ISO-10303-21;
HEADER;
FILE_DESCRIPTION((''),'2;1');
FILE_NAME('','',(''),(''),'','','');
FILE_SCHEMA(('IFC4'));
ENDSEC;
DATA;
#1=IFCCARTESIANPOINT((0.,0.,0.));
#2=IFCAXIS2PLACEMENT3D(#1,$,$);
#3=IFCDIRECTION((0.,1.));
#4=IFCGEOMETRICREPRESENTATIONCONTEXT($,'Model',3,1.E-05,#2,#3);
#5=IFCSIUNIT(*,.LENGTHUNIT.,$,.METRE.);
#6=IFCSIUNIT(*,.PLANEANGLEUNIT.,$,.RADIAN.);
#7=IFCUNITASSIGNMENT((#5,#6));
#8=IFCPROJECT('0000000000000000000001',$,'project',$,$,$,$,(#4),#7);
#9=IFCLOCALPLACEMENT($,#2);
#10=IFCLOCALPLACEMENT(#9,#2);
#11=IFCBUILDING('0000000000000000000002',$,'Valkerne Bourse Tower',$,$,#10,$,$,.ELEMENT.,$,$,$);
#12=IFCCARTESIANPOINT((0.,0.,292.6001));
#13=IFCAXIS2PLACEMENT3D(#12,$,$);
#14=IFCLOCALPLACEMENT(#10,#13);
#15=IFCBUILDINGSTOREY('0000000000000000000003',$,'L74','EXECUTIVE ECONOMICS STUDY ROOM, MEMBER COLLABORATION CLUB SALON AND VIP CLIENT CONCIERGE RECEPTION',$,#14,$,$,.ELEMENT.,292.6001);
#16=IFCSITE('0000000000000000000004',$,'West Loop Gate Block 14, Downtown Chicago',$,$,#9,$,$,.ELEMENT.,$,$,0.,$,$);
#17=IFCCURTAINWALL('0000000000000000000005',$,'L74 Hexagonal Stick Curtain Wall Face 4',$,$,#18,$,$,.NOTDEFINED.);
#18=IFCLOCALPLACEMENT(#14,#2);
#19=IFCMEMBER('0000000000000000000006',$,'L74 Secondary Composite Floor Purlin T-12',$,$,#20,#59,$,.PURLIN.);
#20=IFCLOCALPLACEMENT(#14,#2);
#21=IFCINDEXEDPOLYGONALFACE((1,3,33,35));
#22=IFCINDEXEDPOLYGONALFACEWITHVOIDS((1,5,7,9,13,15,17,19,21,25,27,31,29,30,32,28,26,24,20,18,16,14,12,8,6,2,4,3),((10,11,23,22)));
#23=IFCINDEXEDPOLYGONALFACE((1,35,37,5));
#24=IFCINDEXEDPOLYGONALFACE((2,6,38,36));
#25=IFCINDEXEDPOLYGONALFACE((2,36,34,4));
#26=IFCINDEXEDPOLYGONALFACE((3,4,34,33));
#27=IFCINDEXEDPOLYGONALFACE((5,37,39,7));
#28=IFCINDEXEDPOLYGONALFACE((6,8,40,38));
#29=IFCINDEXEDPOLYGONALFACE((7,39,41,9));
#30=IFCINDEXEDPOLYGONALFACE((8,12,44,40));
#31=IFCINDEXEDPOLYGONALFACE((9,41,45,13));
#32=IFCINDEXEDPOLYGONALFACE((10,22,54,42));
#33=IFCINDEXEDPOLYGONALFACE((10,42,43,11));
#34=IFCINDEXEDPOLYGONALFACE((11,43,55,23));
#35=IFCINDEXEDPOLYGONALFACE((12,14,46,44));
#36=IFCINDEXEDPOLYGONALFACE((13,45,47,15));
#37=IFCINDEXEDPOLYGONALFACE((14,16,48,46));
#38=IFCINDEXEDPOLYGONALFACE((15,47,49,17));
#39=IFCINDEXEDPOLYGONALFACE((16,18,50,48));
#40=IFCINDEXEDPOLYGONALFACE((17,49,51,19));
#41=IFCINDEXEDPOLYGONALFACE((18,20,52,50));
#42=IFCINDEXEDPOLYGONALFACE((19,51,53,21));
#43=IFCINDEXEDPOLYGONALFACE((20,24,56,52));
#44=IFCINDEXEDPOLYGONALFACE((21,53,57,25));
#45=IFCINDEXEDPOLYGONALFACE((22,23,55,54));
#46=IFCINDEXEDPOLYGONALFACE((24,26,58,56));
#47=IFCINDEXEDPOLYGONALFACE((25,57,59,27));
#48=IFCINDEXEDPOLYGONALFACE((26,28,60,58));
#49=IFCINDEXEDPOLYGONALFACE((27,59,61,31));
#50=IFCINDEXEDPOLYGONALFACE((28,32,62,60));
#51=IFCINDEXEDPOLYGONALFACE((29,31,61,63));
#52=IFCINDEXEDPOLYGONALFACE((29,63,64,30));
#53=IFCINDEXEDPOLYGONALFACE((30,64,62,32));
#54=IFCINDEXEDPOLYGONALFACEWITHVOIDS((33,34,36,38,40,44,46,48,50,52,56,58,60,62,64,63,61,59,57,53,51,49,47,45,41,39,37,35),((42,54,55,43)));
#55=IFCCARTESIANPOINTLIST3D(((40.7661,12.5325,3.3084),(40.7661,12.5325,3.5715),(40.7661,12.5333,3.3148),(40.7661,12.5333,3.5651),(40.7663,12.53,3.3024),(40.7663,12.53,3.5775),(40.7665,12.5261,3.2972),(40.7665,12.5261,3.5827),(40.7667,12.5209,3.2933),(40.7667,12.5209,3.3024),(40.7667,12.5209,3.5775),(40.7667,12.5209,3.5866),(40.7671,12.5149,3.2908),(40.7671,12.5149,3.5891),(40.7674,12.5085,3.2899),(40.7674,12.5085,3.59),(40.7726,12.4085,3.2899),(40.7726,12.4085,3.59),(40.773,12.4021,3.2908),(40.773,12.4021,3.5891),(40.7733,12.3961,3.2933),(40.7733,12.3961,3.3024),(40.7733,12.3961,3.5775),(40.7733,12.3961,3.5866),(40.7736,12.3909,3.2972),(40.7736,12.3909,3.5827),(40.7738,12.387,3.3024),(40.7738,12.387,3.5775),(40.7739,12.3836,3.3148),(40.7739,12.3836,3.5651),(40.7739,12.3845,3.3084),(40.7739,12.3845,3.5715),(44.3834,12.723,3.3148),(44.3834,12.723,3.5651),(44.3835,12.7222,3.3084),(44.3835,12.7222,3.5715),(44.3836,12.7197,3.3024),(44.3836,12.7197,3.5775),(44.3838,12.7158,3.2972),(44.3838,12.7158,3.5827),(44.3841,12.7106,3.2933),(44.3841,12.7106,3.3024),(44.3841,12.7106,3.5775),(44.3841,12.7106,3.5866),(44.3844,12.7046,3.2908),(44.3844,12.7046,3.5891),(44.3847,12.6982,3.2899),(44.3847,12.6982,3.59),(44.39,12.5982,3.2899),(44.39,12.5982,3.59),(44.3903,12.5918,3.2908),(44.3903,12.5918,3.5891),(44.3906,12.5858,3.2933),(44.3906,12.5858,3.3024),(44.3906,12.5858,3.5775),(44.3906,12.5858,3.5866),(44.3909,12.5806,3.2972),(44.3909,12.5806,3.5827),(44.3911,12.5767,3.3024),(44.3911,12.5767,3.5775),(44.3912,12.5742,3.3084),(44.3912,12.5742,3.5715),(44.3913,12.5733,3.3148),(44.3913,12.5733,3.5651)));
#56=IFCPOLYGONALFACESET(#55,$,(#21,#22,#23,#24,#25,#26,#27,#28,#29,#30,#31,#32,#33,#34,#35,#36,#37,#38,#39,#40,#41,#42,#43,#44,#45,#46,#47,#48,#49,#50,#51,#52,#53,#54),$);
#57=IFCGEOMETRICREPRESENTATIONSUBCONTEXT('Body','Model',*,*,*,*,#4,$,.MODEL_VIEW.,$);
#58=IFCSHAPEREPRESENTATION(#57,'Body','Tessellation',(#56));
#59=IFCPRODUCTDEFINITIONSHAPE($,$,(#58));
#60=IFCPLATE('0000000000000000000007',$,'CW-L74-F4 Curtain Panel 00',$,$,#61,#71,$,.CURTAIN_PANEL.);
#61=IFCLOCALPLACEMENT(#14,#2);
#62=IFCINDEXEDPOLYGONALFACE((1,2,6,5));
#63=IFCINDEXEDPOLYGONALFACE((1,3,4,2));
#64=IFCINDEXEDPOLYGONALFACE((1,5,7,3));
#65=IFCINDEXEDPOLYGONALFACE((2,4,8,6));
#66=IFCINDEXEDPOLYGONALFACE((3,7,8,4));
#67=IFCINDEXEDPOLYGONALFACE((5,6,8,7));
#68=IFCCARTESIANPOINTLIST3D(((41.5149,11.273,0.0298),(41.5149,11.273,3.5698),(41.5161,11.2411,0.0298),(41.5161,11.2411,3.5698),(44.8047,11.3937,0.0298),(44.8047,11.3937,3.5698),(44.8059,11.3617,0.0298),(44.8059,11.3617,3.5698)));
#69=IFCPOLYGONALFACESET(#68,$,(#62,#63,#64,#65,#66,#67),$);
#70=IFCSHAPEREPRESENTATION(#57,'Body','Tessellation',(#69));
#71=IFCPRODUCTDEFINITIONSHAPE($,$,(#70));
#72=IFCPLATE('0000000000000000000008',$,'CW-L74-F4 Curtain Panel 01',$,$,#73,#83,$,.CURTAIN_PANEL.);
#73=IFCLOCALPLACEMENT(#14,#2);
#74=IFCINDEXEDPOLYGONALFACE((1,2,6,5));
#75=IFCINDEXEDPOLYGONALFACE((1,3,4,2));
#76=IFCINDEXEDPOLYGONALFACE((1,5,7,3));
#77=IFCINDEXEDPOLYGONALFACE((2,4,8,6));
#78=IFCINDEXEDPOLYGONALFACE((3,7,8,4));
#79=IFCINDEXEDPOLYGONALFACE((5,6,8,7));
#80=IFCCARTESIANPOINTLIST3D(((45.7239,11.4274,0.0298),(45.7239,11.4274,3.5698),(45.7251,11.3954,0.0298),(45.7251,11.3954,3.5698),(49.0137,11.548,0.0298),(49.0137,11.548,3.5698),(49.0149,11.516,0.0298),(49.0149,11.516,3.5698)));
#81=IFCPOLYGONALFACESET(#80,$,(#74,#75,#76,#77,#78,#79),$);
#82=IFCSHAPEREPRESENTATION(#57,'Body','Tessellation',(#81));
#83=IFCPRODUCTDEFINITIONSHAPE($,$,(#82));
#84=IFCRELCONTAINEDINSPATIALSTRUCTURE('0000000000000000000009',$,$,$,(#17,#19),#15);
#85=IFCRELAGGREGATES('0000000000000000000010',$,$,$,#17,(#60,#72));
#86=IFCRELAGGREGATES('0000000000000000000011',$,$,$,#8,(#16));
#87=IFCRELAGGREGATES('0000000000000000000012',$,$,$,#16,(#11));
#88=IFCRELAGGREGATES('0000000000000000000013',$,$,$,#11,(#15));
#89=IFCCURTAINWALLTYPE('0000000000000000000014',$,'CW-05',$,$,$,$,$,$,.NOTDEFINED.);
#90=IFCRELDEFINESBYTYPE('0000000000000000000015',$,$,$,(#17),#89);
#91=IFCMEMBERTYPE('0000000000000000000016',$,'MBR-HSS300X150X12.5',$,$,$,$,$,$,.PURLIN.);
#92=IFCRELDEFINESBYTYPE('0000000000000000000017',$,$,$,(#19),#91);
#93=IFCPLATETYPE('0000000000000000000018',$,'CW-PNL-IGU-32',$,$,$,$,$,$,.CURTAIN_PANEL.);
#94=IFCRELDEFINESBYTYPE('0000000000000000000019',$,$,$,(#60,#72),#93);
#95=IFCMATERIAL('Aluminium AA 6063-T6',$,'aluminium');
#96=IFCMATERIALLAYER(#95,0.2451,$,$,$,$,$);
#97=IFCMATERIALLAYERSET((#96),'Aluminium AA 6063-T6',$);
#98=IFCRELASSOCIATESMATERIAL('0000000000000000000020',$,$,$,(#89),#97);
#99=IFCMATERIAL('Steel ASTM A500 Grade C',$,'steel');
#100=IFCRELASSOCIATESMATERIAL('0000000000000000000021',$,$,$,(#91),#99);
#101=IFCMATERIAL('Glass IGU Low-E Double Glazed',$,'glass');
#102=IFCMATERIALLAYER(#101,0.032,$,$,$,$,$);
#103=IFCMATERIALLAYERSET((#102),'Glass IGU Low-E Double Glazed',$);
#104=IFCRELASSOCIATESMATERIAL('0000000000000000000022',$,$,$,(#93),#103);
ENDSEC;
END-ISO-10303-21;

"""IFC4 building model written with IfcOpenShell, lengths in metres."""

from ifc_helpers import new_model, si_unit, direction, frame, origin, origin_2d, place, context, subcontext, project, spatial, rectangle, hollow_rectangle, extrude, material, layer, layer_set, material_profile, profile_set, type_object, element, aggregate, save


model = new_model("IFC4")

# Units and contexts
model_context = context("Model", 3, precision=1e-05, world=origin(), true_north=direction((0.0, 1.0)))
body_context = subcontext(model_context, "Body", "Model", "MODEL_VIEW")
ifc_project = project(units=[si_unit("LENGTHUNIT", "METRE"), si_unit("PLANEANGLEUNIT", "RADIAN")], contexts=[model_context])

# Site, building, storey
site_placement = place(None, origin())
site = spatial("IfcSite", under=ifc_project, at=site_placement, Name="West Loop Gate Block 14, Downtown Chicago", CompositionType="ELEMENT", RefElevation=0.0)
building_placement = place(site_placement, origin())
building = spatial("IfcBuilding", under=site, at=building_placement, Name="Valkerne Bourse Tower", CompositionType="ELEMENT")
storey_placement = place(building_placement, frame((0.0, 0.0, 292.6001)))
storey = spatial("IfcBuildingStorey", under=building, at=storey_placement, Name="L74", Description="EXECUTIVE ECONOMICS STUDY ROOM, MEMBER COLLABORATION CLUB SALON AND VIP CLIENT CONCIERGE RECEPTION", CompositionType="ELEMENT", Elevation=292.6001)

# Curtain wall
ifc_material_1 = material(Name="Aluminium AA 6063-T6", Category="aluminium")
ifc_layer_1 = layer(ifc_material_1, 0.2451)
ifc_layer_set_1 = layer_set([ifc_layer_1], Name="Aluminium AA 6063-T6")
curtain_wall_type = type_object("IfcCurtainWallType", Name="CW-05", PredefinedType="NOTDEFINED", material=ifc_layer_set_1)
curtain_wall_placement = place(storey_placement, origin())
curtain_wall = element("IfcCurtainWall", 1, at=curtain_wall_placement, inside=storey, type_object=curtain_wall_type, Name="L74 Hexagonal Stick Curtain Wall Face 4", PredefinedType="NOTDEFINED")

# Member
ifc_material_2 = material(Name="Steel ASTM A500 Grade C", Category="steel")
ifc_material_profile_1 = material_profile(ifc_material_2, hollow_rectangle(XDim=0.1499, YDim=0.3, WallThickness=0.0125, OuterFilletRadius=0.0249, at=origin_2d()), Name="HSS300X150X12.5")
ifc_profile_set_1 = profile_set([ifc_material_profile_1], Name="Steel ASTM A500 Grade C")
member_type_1 = type_object("IfcMemberType", Name="MBR-HSS300X150X12.5", PredefinedType="PURLIN", material=ifc_profile_set_1)
member_1_placement = place(storey_placement, frame((40.77, 12.4585, 3.4399), z_axis=(0.998628, 0.052368, 0.0), x_axis=(-0.052368, 0.998628, 0.0)))
element("IfcMember", 2, at=member_1_placement, inside=storey, type_object=member_type_1, Name="L74 Secondary Composite Floor Purlin T-12", PredefinedType="PURLIN", context=body_context, shape_type="SweptSolid", body=[
    extrude(hollow_rectangle(XDim=0.1499, YDim=0.3, WallThickness=0.0125, OuterFilletRadius=0.0249, at=origin_2d()), origin(), (0.0, 0.0, 1.0), 3.6223),
])

# Plates
ifc_material_3 = material(Name="Glass IGU Low-E Double Glazed", Category="glass")
ifc_layer_2 = layer(ifc_material_3, 0.032)
ifc_layer_set_2 = layer_set([ifc_layer_2], Name="Glass IGU Low-E Double Glazed")
plate_type = type_object("IfcPlateType", Name="CW-PNL-IGU-32", PredefinedType="CURTAIN_PANEL", material=ifc_layer_set_2)
plate_1_placement = place(storey_placement, frame((43.1604, 11.3174, 0.0298), z_axis=(0.0, 0.0, 1.0), x_axis=(0.999328, 0.036657, 0.0)))
plate_1 = element("IfcPlate", 3, at=plate_1_placement, type_object=plate_type, Name="CW-L74-F4 Curtain Panel 00", PredefinedType="CURTAIN_PANEL", context=body_context, shape_type="SweptSolid", body=[
    extrude(rectangle(XDim=3.292, YDim=0.032, at=origin_2d()), origin(), (0.0, 0.0, 1.0), 3.54),
])
plate_2_placement = place(storey_placement, frame((47.3694, 11.4717, 0.0298), z_axis=(0.0, 0.0, 1.0), x_axis=(0.999329, 0.036634, 0.0)))
plate_2 = element("IfcPlate", 4, at=plate_2_placement, type_object=plate_type, Name="CW-L74-F4 Curtain Panel 01", PredefinedType="CURTAIN_PANEL", context=body_context, shape_type="SweptSolid", body=[
    extrude(rectangle(XDim=3.292, YDim=0.032, at=origin_2d()), origin(), (0.0, 0.0, 1.0), 3.54),
])
aggregate(curtain_wall, [plate_1, plate_2])

save(model, "model.ifc")
